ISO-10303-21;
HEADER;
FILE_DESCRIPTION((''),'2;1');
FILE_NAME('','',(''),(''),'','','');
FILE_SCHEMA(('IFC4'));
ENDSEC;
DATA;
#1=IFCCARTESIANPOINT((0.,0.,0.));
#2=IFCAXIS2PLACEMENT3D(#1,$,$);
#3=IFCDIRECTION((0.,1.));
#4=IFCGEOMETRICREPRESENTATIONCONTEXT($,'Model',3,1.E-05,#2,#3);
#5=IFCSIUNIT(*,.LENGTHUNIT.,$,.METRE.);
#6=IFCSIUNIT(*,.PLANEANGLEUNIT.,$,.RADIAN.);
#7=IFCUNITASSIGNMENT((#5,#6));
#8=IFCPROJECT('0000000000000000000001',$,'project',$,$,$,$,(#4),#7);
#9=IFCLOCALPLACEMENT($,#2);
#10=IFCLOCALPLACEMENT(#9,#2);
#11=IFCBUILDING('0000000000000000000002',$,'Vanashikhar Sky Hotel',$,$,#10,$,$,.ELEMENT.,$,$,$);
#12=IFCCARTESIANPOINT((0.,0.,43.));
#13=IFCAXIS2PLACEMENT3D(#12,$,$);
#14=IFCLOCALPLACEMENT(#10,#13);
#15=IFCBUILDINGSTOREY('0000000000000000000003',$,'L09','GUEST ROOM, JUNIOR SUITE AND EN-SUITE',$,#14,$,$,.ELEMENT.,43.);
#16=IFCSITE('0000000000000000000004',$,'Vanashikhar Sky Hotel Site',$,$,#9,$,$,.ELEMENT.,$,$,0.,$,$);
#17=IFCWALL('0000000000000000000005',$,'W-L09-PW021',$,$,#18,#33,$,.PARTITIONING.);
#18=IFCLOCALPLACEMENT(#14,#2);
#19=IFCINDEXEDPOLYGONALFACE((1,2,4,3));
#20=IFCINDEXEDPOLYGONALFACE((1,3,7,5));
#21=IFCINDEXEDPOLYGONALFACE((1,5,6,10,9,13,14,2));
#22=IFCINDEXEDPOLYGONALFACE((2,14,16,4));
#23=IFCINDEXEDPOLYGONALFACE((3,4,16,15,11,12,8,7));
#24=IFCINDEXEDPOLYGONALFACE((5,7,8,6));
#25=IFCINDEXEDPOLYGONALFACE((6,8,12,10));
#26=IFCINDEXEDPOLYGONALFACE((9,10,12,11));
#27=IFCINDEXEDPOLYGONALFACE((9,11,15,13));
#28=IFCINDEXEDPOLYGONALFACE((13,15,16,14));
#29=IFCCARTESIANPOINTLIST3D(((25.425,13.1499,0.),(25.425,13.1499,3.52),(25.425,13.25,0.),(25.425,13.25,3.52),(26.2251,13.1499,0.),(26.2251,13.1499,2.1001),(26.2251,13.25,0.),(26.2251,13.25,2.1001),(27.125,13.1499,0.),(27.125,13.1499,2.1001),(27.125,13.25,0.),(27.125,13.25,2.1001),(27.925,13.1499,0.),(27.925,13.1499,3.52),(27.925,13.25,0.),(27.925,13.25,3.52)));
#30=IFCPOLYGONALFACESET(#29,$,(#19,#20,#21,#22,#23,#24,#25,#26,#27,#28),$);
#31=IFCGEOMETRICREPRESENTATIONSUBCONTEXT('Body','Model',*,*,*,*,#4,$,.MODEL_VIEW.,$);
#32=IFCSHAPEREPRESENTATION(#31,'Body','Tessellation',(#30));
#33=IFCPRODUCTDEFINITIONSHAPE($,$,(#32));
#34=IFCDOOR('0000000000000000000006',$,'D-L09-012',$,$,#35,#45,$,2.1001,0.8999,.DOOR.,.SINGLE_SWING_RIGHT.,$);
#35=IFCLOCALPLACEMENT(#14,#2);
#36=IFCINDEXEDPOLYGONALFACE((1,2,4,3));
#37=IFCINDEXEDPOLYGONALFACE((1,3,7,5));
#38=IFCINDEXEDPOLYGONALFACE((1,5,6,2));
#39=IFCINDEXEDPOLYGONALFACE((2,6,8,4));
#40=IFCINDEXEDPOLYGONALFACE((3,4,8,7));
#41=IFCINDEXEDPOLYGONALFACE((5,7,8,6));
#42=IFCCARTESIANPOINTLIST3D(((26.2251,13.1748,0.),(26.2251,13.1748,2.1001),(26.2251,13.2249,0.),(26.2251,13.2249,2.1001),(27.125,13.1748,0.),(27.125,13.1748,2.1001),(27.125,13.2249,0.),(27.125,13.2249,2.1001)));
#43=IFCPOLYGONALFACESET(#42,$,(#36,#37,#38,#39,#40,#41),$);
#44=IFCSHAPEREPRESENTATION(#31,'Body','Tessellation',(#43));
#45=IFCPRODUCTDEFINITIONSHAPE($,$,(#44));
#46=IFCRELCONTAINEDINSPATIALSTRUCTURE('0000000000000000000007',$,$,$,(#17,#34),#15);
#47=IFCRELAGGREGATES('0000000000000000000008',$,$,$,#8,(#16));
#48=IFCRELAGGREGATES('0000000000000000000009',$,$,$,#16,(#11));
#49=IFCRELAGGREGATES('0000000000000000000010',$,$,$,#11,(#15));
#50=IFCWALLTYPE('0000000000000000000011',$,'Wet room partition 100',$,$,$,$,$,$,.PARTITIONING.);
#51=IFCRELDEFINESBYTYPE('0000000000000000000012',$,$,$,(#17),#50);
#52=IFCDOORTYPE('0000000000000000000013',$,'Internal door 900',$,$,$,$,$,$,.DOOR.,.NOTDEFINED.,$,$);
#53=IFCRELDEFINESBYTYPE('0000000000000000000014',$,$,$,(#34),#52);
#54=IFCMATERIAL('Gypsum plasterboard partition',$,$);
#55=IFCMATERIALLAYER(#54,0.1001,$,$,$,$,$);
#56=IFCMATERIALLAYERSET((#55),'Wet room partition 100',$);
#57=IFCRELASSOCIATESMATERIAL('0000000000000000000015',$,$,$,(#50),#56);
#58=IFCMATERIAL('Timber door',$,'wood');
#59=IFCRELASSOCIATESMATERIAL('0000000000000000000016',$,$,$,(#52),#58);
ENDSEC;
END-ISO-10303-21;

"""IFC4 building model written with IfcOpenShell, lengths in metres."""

from ifc_helpers import new_model, si_unit, direction, frame, frame_2d, origin, place, context, subcontext, project, spatial, rectangle, extrude, source, transform, mapped, material, layer, layer_set, type_object, element, fill, save


model = new_model("IFC4")

# Units and contexts
model_context = context("Model", 3, precision=1e-05, world=origin(), true_north=direction((0.0, 1.0)))
body_context = subcontext(model_context, "Body", "Model", "MODEL_VIEW")
ifc_project = project(units=[si_unit("LENGTHUNIT", "METRE"), si_unit("PLANEANGLEUNIT", "RADIAN")], contexts=[model_context])

# Site, building, storey
site_placement = place(None, origin())
site = spatial("IfcSite", under=ifc_project, at=site_placement, Name="Vanashikhar Sky Hotel Site", CompositionType="ELEMENT", RefElevation=0.0)
building_placement = place(site_placement, origin())
building = spatial("IfcBuilding", under=site, at=building_placement, Name="Vanashikhar Sky Hotel", CompositionType="ELEMENT")
storey_placement = place(building_placement, frame((0.0, 0.0, 43.0)))
storey = spatial("IfcBuildingStorey", under=building, at=storey_placement, Name="L09", Description="GUEST ROOM, JUNIOR SUITE AND EN-SUITE", CompositionType="ELEMENT", Elevation=43.0)

# Shared definitions
ifc_material_1 = material(Name="Gypsum plasterboard partition")
ifc_layer_1 = layer(ifc_material_1, 0.1001)
ifc_layer_set_1 = layer_set([ifc_layer_1], Name="Wet room partition 100")
wall_type_1 = type_object("IfcWallType", Name="Wet room partition 100", PredefinedType="PARTITIONING", material=ifc_layer_set_1)
shared_shape_1 = source(origin(), body_context, "Body", "SweptSolid", [
    extrude(rectangle(XDim=0.8999, YDim=2.1001, at=frame_2d((0.45, 1.05))), frame((0.0, 0.0601, 0.0), z_axis=(0.0, -1.0, 0.0), x_axis=(1.0, 0.0, 0.0)), (0.0, 0.0, 1.0), 0.1201),
])
ifc_material_2 = material(Name="Timber door", Category="wood")
door_type_1 = type_object("IfcDoorType", Name="Internal door 900", OperationType="NOTDEFINED", PredefinedType="DOOR", material=ifc_material_2)
shared_shape_2 = source(origin(), body_context, "Body", "SweptSolid", [
    extrude(rectangle(XDim=0.8999, YDim=2.1001, at=frame_2d((0.45, 1.05))), frame((0.0, 0.0249, 0.0), z_axis=(0.0, -1.0, 0.0), x_axis=(1.0, 0.0, 0.0)), (0.0, 0.0, 1.0), 0.05),
])

# Wall, opening, door
shared_shape_3 = source(origin(), body_context, "Body", "SweptSolid", [
    extrude(rectangle(XDim=2.5, YDim=0.1001, at=frame_2d((1.25, 0.0))), origin(), (0.0, 0.0, 1.0), 3.52),
])
wall_1_placement = place(storey_placement, frame((25.425, 13.2, 0.0), z_axis=(0.0, 0.0, 1.0), x_axis=(1.0, 0.0, 0.0)))
wall_1 = element("IfcWall", 1, at=wall_1_placement, inside=storey, type_object=wall_type_1, Name="W-L09-PW021", PredefinedType="PARTITIONING", context=body_context, shape_type="MappedRepresentation", body=[
    mapped(shared_shape_3, transform((0.0, 0.0, 0.0), scale=1.0)),
])
opening_1_placement = place(wall_1_placement, frame((0.8, 0.0, 0.0)))
opening_1 = element("IfcOpeningElement", 2, at=opening_1_placement, cuts=wall_1, PredefinedType="OPENING", context=body_context, shape_type="MappedRepresentation", body=[
    mapped(shared_shape_1, transform((0.0, 0.0, 0.0), scale=1.0)),
])
door_1_placement = place(opening_1_placement, origin())
door_1 = element("IfcDoor", 3, at=door_1_placement, inside=storey, type_object=door_type_1, Name="D-L09-012", OperationType="SINGLE_SWING_RIGHT", OverallHeight=2.1001, OverallWidth=0.8999, PredefinedType="DOOR", context=body_context, shape_type="MappedRepresentation", body=[
    mapped(shared_shape_2, transform((0.0, 0.0, 0.0), scale=1.0)),
])
fill(opening_1, door_1)

save(model, "model.ifc")
